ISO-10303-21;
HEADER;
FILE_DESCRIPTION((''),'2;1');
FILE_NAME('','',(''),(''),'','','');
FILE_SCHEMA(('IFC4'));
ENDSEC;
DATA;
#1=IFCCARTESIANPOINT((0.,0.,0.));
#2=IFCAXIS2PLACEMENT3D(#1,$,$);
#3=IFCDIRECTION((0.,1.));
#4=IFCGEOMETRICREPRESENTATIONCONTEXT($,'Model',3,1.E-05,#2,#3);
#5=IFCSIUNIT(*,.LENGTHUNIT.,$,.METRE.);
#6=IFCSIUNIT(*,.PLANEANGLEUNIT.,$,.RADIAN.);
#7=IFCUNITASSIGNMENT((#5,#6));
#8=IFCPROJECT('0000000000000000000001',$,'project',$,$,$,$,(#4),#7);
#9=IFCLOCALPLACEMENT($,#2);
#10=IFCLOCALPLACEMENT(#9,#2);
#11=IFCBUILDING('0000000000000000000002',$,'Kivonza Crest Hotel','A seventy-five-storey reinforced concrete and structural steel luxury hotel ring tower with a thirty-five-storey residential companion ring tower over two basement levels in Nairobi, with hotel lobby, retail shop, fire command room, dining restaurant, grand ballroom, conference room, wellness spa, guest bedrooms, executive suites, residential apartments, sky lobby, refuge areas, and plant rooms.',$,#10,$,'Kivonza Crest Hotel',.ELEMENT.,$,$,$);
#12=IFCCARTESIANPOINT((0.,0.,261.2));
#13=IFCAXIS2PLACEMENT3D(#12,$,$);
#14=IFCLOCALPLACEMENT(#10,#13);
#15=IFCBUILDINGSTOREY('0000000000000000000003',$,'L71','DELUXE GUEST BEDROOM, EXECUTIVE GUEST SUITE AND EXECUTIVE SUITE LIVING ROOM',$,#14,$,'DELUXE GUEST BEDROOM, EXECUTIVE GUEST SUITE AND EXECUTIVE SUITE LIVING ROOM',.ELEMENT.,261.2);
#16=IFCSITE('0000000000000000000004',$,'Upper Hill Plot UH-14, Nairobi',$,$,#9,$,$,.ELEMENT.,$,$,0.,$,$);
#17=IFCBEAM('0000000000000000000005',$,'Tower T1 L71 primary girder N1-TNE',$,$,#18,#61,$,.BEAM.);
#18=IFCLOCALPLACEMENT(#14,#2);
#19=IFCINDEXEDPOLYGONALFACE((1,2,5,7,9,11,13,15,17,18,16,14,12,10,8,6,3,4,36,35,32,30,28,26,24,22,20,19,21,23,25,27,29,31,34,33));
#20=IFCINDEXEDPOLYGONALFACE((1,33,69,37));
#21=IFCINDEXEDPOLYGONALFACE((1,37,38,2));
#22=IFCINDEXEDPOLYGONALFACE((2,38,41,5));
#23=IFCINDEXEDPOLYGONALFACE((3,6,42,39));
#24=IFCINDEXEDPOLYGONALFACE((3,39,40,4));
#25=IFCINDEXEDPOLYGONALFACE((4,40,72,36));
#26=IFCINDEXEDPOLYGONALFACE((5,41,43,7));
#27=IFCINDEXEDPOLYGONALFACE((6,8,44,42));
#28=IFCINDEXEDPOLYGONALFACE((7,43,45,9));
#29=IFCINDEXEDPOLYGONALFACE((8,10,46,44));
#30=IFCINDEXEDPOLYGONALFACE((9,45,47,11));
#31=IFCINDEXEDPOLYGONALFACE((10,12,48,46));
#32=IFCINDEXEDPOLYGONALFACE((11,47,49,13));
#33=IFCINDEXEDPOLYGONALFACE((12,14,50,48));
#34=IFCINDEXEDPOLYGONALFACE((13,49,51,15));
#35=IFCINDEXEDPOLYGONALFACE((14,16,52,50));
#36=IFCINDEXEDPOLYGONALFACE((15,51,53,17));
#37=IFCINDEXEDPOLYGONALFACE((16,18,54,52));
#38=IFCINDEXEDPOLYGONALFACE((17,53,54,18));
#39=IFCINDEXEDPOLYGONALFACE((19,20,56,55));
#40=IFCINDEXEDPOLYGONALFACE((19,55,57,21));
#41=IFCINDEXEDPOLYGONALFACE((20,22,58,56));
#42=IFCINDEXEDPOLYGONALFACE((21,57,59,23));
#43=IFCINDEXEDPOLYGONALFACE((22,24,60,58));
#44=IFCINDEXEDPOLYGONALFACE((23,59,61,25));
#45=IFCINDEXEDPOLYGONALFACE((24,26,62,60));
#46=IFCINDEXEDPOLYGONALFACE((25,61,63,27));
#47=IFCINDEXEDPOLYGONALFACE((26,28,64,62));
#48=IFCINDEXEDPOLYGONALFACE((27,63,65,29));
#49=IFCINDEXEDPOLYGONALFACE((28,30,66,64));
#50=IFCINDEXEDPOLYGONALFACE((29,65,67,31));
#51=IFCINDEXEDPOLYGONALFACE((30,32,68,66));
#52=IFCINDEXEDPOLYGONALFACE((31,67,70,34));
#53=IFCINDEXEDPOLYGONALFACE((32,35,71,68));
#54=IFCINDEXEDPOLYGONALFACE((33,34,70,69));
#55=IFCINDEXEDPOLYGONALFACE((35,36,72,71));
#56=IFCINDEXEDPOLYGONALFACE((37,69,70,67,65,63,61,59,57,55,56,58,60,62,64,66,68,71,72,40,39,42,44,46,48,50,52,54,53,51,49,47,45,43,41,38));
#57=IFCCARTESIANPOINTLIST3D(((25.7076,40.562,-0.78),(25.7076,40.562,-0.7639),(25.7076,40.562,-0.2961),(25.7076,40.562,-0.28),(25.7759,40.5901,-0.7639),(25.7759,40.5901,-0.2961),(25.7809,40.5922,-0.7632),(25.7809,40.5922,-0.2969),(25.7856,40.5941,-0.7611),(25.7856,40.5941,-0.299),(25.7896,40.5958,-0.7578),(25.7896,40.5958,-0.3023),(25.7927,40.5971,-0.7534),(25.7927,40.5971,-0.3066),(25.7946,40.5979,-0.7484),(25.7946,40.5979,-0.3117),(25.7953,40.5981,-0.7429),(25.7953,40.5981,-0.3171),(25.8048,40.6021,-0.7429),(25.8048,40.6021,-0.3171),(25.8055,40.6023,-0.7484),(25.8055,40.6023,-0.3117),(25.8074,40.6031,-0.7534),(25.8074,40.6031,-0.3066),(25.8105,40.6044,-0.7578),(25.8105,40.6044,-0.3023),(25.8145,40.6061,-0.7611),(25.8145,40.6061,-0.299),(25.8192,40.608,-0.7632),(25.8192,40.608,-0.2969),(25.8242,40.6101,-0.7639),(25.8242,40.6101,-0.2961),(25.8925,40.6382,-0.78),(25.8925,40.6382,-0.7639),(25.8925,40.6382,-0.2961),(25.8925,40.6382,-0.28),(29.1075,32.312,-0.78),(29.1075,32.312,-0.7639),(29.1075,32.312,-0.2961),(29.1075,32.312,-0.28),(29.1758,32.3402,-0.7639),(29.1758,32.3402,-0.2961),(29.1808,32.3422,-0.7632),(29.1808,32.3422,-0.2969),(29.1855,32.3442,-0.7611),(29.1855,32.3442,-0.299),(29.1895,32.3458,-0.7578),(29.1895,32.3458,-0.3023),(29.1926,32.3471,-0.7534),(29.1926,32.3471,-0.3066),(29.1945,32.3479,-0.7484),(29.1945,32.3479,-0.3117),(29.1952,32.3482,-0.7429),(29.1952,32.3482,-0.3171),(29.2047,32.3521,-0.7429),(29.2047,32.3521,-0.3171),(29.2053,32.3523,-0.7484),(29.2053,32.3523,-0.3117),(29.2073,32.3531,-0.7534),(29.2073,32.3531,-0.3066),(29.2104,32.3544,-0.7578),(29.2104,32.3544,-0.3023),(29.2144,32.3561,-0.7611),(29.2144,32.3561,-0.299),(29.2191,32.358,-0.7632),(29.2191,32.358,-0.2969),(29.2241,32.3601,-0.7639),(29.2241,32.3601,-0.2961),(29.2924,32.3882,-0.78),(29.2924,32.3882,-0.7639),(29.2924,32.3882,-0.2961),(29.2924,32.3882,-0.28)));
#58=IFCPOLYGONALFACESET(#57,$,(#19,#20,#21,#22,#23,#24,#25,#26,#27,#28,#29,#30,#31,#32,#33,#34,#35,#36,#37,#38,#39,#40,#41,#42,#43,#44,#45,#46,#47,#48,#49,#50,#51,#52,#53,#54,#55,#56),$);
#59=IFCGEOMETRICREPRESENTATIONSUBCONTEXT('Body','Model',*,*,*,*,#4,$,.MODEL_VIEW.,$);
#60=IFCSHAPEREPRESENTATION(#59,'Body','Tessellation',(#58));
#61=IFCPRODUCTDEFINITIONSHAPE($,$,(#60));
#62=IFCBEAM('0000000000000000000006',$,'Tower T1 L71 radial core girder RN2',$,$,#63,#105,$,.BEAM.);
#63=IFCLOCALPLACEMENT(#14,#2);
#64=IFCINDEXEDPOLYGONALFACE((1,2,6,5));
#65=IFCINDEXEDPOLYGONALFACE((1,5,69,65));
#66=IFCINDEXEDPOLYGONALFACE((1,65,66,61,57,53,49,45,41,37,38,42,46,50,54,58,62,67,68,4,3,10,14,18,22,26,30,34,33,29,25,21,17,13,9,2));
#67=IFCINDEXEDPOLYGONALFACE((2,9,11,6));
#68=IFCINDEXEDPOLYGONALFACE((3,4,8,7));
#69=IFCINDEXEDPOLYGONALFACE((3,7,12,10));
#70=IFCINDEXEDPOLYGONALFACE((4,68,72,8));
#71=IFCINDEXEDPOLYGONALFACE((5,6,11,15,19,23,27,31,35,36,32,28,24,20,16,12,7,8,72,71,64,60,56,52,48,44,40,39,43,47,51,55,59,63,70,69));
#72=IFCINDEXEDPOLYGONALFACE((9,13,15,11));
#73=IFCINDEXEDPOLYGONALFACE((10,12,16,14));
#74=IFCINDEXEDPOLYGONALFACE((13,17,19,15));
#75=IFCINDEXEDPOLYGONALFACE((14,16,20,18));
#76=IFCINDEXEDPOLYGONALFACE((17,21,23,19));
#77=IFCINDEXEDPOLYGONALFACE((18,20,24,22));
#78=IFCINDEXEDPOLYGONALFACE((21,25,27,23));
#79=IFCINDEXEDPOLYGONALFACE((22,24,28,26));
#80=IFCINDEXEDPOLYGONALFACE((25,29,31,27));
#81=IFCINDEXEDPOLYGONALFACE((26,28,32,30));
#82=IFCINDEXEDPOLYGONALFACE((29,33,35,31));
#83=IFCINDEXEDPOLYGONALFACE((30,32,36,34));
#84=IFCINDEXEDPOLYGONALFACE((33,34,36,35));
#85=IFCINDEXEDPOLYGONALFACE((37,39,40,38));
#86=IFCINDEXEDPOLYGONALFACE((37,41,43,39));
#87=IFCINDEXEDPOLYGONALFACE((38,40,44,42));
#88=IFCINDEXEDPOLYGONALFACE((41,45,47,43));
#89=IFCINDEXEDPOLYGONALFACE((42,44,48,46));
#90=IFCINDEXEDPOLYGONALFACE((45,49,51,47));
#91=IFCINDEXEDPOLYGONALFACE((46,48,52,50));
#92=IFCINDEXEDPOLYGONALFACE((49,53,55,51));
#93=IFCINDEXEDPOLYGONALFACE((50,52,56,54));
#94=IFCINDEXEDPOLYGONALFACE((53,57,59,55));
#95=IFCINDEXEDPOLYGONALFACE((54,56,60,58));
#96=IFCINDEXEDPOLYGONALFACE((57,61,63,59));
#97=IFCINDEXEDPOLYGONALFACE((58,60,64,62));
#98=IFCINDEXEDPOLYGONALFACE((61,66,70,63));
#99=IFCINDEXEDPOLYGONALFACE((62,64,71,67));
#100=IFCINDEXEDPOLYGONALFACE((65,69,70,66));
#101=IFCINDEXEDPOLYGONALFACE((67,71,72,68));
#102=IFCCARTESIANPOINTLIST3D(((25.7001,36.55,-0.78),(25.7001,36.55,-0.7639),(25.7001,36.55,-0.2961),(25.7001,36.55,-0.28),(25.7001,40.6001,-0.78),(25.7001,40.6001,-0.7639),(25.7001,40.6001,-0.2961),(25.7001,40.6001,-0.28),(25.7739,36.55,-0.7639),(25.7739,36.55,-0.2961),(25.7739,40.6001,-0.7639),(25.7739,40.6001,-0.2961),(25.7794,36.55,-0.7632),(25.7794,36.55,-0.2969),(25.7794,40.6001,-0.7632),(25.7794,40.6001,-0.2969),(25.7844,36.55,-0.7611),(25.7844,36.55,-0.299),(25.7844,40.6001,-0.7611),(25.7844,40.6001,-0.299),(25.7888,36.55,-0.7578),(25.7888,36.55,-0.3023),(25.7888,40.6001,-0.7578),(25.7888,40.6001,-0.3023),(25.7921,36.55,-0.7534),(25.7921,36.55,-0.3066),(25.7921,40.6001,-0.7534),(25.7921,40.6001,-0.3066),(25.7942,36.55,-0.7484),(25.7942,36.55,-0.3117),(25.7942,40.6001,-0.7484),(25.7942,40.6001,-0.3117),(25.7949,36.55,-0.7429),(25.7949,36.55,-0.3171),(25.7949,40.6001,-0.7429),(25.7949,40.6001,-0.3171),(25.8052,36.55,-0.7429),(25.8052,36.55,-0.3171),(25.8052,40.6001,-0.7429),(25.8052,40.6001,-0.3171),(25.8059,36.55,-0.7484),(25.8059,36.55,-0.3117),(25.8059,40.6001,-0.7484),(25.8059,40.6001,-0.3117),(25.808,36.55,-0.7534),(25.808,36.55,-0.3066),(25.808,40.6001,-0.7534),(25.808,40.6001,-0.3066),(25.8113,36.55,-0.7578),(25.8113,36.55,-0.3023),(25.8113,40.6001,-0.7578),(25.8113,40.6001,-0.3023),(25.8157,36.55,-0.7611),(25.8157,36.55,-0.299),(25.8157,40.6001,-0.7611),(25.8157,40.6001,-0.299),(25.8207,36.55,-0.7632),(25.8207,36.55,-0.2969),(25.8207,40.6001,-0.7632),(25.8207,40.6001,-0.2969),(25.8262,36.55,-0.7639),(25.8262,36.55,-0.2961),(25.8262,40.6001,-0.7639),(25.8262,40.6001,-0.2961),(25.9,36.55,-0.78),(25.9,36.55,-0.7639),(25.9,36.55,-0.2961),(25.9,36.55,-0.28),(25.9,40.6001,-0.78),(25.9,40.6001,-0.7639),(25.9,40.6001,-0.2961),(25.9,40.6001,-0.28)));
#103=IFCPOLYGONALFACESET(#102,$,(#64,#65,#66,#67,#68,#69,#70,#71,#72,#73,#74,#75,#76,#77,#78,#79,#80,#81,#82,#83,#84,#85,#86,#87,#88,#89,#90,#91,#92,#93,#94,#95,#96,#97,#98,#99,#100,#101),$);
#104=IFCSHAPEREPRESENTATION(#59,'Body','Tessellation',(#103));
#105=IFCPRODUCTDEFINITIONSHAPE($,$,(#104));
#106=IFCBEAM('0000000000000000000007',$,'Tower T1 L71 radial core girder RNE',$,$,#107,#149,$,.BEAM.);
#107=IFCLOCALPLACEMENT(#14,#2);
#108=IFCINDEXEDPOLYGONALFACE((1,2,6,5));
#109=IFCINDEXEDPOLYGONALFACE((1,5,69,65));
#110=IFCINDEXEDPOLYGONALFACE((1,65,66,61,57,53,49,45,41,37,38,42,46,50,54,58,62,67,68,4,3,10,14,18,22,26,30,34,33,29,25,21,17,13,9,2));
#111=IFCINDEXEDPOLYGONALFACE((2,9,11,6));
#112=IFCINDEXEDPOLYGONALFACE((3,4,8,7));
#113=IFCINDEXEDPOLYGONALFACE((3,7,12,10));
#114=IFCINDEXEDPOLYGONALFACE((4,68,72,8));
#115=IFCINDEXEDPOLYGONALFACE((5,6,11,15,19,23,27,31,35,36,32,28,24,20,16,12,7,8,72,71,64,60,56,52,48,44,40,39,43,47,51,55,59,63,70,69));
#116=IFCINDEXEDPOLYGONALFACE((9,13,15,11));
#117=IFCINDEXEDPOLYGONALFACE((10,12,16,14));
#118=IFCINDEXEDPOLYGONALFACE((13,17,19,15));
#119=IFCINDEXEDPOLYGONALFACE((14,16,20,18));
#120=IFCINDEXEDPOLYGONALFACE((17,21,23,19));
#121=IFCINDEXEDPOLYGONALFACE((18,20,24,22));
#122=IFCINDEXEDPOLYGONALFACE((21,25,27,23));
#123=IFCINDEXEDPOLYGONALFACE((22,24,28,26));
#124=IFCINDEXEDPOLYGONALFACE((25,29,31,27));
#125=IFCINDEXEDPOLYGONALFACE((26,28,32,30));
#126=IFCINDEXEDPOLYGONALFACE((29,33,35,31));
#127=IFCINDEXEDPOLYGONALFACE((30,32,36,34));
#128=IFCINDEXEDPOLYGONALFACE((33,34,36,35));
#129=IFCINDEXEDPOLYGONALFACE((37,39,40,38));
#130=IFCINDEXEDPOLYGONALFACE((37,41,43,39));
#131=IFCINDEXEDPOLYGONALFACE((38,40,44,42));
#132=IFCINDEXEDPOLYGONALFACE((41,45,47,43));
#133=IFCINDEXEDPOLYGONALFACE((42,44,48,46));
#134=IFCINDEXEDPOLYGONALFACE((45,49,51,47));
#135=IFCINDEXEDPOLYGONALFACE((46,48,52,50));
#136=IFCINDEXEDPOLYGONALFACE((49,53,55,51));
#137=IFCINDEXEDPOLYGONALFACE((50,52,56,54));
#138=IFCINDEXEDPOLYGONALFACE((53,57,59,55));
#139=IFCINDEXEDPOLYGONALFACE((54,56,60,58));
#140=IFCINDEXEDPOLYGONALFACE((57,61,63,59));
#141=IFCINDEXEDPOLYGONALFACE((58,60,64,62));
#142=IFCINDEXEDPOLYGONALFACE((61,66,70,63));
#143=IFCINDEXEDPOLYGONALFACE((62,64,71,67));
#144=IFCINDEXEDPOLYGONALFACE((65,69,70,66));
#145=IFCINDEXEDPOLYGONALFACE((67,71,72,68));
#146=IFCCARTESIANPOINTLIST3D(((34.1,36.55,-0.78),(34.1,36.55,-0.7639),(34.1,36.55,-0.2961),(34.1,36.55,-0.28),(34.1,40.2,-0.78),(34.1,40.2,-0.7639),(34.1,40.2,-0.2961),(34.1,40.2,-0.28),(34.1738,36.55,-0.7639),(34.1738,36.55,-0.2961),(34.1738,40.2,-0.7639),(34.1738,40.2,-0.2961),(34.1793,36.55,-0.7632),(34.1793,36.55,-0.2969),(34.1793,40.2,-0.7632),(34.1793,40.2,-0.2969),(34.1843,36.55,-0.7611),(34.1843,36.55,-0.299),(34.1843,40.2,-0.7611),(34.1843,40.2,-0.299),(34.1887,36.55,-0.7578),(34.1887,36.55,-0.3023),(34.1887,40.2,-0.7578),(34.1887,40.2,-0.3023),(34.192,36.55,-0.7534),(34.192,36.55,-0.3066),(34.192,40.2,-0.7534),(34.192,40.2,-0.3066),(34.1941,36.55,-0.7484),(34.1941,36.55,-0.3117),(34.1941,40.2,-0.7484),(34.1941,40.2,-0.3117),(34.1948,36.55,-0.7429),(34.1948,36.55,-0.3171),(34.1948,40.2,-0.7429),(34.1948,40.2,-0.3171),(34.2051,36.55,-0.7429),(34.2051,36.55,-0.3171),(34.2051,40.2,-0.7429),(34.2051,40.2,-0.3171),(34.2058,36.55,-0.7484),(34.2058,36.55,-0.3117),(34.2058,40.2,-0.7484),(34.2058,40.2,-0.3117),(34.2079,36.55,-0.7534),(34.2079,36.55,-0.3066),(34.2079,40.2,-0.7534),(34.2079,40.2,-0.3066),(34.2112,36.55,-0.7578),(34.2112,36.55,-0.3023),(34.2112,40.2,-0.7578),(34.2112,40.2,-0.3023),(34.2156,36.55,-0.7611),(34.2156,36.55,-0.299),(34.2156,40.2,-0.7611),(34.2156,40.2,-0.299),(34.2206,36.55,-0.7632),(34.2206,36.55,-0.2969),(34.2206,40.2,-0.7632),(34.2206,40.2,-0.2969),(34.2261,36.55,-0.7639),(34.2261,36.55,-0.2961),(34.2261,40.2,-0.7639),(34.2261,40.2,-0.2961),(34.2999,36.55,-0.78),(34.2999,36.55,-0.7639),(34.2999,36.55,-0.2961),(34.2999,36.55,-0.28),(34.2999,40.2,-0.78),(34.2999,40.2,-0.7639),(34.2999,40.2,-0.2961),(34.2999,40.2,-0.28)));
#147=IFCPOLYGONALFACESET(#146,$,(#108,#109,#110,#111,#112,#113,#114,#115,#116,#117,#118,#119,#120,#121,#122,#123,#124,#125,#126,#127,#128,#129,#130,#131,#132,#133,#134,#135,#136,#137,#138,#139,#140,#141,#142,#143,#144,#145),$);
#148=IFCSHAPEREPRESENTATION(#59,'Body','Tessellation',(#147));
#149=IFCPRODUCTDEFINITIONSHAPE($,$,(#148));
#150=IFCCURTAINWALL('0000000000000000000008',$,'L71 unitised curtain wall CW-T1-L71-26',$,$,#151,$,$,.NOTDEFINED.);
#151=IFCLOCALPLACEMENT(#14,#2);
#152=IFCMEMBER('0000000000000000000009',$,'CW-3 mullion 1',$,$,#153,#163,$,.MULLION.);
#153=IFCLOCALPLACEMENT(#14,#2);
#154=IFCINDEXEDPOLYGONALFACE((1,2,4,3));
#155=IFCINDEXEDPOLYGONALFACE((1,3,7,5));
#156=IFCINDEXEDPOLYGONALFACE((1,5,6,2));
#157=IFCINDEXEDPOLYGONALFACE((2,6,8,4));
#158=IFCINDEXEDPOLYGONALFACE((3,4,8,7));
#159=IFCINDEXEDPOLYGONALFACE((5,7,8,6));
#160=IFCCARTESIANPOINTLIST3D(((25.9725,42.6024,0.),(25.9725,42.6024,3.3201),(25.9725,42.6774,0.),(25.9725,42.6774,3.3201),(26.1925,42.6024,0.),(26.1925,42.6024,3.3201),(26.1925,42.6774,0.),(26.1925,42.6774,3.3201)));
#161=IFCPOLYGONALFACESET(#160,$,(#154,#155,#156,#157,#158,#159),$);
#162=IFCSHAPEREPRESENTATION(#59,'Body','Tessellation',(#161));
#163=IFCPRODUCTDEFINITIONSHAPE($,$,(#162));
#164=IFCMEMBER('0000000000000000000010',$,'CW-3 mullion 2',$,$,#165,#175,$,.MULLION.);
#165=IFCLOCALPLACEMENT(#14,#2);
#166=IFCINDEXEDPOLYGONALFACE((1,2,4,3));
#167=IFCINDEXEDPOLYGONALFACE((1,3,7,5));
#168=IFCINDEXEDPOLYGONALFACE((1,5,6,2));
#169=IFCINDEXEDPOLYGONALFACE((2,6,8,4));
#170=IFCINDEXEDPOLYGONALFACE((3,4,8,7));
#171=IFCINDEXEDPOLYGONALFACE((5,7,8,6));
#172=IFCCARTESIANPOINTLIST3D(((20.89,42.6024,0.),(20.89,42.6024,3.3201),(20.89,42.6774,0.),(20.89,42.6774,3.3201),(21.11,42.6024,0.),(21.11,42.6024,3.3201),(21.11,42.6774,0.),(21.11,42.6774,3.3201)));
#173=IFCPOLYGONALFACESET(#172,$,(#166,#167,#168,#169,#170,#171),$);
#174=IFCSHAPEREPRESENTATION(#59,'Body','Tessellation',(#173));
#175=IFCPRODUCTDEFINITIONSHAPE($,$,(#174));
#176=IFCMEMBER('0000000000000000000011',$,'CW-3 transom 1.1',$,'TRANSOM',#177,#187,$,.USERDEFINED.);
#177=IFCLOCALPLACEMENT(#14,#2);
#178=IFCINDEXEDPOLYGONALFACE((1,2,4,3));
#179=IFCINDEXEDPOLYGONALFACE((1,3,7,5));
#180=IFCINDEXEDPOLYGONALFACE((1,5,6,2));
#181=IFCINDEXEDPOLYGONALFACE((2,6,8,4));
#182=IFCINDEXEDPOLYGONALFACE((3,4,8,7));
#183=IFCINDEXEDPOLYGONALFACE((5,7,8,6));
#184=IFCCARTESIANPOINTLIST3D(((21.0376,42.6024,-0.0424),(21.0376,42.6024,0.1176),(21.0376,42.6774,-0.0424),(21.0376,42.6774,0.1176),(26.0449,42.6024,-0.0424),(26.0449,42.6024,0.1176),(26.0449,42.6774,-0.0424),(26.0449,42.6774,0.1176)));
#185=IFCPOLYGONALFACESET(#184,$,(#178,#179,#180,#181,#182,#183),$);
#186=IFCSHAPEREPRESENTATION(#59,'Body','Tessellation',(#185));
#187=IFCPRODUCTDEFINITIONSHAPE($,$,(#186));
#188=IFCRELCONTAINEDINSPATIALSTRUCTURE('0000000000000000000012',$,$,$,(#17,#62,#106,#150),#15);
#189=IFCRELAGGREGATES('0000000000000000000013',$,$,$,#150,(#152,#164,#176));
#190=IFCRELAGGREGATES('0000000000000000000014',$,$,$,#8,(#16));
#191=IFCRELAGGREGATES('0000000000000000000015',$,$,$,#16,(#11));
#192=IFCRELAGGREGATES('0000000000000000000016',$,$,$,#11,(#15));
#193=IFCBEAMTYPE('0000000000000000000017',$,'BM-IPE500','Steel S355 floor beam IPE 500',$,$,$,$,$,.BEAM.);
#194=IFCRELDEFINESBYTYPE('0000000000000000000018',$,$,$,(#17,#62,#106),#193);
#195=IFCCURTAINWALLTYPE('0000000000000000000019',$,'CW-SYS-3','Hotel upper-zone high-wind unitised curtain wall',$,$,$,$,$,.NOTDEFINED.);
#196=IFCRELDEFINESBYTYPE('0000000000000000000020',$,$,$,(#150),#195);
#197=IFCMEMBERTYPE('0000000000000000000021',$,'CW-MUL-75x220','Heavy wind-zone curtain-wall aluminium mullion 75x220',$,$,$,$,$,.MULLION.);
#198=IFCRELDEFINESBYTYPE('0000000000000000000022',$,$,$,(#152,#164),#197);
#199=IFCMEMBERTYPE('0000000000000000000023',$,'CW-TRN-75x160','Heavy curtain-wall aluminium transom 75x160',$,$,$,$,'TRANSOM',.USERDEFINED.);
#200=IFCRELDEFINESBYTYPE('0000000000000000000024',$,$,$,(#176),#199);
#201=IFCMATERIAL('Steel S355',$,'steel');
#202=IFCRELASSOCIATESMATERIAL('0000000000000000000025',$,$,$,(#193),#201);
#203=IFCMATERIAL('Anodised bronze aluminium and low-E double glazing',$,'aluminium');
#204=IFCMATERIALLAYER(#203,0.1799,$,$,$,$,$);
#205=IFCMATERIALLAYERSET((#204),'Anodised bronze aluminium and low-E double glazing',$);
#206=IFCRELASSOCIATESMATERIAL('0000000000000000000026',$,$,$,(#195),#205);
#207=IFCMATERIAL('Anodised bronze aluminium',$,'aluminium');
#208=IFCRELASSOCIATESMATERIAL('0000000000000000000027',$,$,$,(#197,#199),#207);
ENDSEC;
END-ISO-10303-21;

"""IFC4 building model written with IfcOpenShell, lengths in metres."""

from ifc_helpers import new_model, si_unit, direction, frame, origin, origin_2d, place, context, subcontext, project, spatial, rectangle, i_section, extrude, material, layer, layer_set, material_profile, profile_set, type_object, element, aggregate, save


model = new_model("IFC4")

# Units and contexts
model_context = context("Model", 3, precision=1e-05, world=origin(), true_north=direction((0.0, 1.0)))
body_context = subcontext(model_context, "Body", "Model", "MODEL_VIEW")
ifc_project = project(units=[si_unit("LENGTHUNIT", "METRE"), si_unit("PLANEANGLEUNIT", "RADIAN")], contexts=[model_context])

# Site, building, storey
site_placement = place(None, origin())
site = spatial("IfcSite", under=ifc_project, at=site_placement, Name="Upper Hill Plot UH-14, Nairobi", CompositionType="ELEMENT", RefElevation=0.0)
building_placement = place(site_placement, origin())
building = spatial("IfcBuilding", under=site, at=building_placement, Name="Kivonza Crest Hotel", Description="A seventy-five-storey reinforced concrete and structural steel luxury hotel ring tower with a thirty-five-storey residential companion ring tower over two basement levels in Nairobi, with hotel lobby, retail shop, fire command room, dining restaurant, grand ballroom, conference room, wellness spa, guest bedrooms, executive suites, residential apartments, sky lobby, refuge areas, and plant rooms.", LongName="Kivonza Crest Hotel", CompositionType="ELEMENT")
storey_placement = place(building_placement, frame((0.0, 0.0, 261.2)))
storey = spatial("IfcBuildingStorey", under=building, at=storey_placement, Name="L71", Description="DELUXE GUEST BEDROOM, EXECUTIVE GUEST SUITE AND EXECUTIVE SUITE LIVING ROOM", LongName="DELUXE GUEST BEDROOM, EXECUTIVE GUEST SUITE AND EXECUTIVE SUITE LIVING ROOM", CompositionType="ELEMENT", Elevation=261.2)

# Beams
ifc_material_1 = material(Name="Steel S355", Category="steel")
ifc_material_profile_1 = material_profile(ifc_material_1, i_section(OverallWidth=0.2, OverallDepth=0.5, WebThickness=0.0103, FlangeThickness=0.0161, FilletRadius=0.021, at=origin_2d()), Name="IPE 500")
ifc_profile_set_1 = profile_set([ifc_material_profile_1], Name="Steel S355")
beam_type_1 = type_object("IfcBeamType", Name="BM-IPE500", Description="Steel S355 floor beam IPE 500", PredefinedType="BEAM", material=ifc_profile_set_1)
beam_1_placement = place(storey_placement, frame((25.8, 40.6001, -0.53), z_axis=(0.381022, -0.924566, 0.0), x_axis=(0.924566, 0.381022, 0.0)))
element("IfcBeam", 1, at=beam_1_placement, inside=storey, type_object=beam_type_1, Name="Tower T1 L71 primary girder N1-TNE", PredefinedType="BEAM", context=body_context, shape_type="SweptSolid", body=[
    extrude(i_section(OverallWidth=0.2, OverallDepth=0.5, WebThickness=0.0103, FlangeThickness=0.0161, FilletRadius=0.021, at=origin_2d()), origin(), (0.0, 0.0, 1.0), 8.9231),
])
beam_2_placement = place(storey_placement, frame((25.8, 40.6001, -0.53), z_axis=(0.0, -1.0, 0.0), x_axis=(1.0, 0.0, 0.0)))
element("IfcBeam", 2, at=beam_2_placement, inside=storey, type_object=beam_type_1, Name="Tower T1 L71 radial core girder RN2", PredefinedType="BEAM", context=body_context, shape_type="SweptSolid", body=[
    extrude(i_section(OverallWidth=0.2, OverallDepth=0.5, WebThickness=0.0103, FlangeThickness=0.0161, FilletRadius=0.021, at=origin_2d()), origin(), (0.0, 0.0, 1.0), 4.05),
])
beam_3_placement = place(storey_placement, frame((34.2, 40.2, -0.53), z_axis=(0.0, -1.0, 0.0), x_axis=(1.0, 0.0, 0.0)))
element("IfcBeam", 3, at=beam_3_placement, inside=storey, type_object=beam_type_1, Name="Tower T1 L71 radial core girder RNE", PredefinedType="BEAM", context=body_context, shape_type="SweptSolid", body=[
    extrude(i_section(OverallWidth=0.2, OverallDepth=0.5, WebThickness=0.0103, FlangeThickness=0.0161, FilletRadius=0.021, at=origin_2d()), origin(), (0.0, 0.0, 1.0), 3.6499),
])

# Curtain wall, members
ifc_material_2 = material(Name="Anodised bronze aluminium and low-E double glazing", Category="aluminium")
ifc_layer_1 = layer(ifc_material_2, 0.1799)
ifc_layer_set_1 = layer_set([ifc_layer_1], Name="Anodised bronze aluminium and low-E double glazing")
curtain_wall_type = type_object("IfcCurtainWallType", Name="CW-SYS-3", Description="Hotel upper-zone high-wind unitised curtain wall", PredefinedType="NOTDEFINED", material=ifc_layer_set_1)
curtain_wall_placement = place(storey_placement, origin())
curtain_wall = element("IfcCurtainWall", 4, at=curtain_wall_placement, inside=storey, type_object=curtain_wall_type, Name="L71 unitised curtain wall CW-T1-L71-26", PredefinedType="NOTDEFINED")
ifc_material_3 = material(Name="Anodised bronze aluminium", Category="aluminium")
ifc_material_profile_2 = material_profile(ifc_material_3, rectangle(XDim=0.075, YDim=0.22, at=origin_2d()), Name="CW-M 75x220")
ifc_profile_set_2 = profile_set([ifc_material_profile_2], Name="Anodised bronze aluminium")
member_type_1 = type_object("IfcMemberType", Name="CW-MUL-75x220", Description="Heavy wind-zone curtain-wall aluminium mullion 75x220", PredefinedType="MULLION", material=ifc_profile_set_2)
member_1_placement = place(storey_placement, frame((26.0825, 42.6399, 0.0), z_axis=(0.0, 0.0, 1.0), x_axis=(0.0, -1.0, 0.0)))
member_1 = element("IfcMember", 5, at=member_1_placement, type_object=member_type_1, Name="CW-3 mullion 1", PredefinedType="MULLION", context=body_context, shape_type="SweptSolid", body=[
    extrude(rectangle(XDim=0.075, YDim=0.22, at=origin_2d()), origin(), (0.0, 0.0, 1.0), 3.3201),
])
member_2_placement = place(storey_placement, frame((21.0, 42.6399, 0.0), z_axis=(0.0, 0.0, 1.0), x_axis=(0.0, -1.0, 0.0)))
member_2 = element("IfcMember", 6, at=member_2_placement, type_object=member_type_1, Name="CW-3 mullion 2", PredefinedType="MULLION", context=body_context, shape_type="SweptSolid", body=[
    extrude(rectangle(XDim=0.075, YDim=0.22, at=origin_2d()), origin(), (0.0, 0.0, 1.0), 3.3201),
])
ifc_material_profile_3 = material_profile(ifc_material_3, rectangle(XDim=0.075, YDim=0.1599, at=origin_2d()), Name="CW-T 75x160")
ifc_profile_set_3 = profile_set([ifc_material_profile_3], Name="Anodised bronze aluminium")
member_type_2 = type_object("IfcMemberType", Name="CW-TRN-75x160", Description="Heavy curtain-wall aluminium transom 75x160", ElementType="TRANSOM", PredefinedType="USERDEFINED", material=ifc_profile_set_3)
member_3_placement = place(storey_placement, frame((26.0449, 42.6399, 0.0376), z_axis=(-1.0, 0.0, 0.0), x_axis=(0.0, -1.0, 0.0)))
member_3 = element("IfcMember", 7, at=member_3_placement, type_object=member_type_2, Name="CW-3 transom 1.1", ObjectType="TRANSOM", PredefinedType="USERDEFINED", context=body_context, shape_type="SweptSolid", body=[
    extrude(rectangle(XDim=0.075, YDim=0.1599, at=origin_2d()), origin(), (0.0, 0.0, 1.0), 5.0073),
])
aggregate(curtain_wall, [member_1, member_2, member_3])

save(model, "model.ifc")
